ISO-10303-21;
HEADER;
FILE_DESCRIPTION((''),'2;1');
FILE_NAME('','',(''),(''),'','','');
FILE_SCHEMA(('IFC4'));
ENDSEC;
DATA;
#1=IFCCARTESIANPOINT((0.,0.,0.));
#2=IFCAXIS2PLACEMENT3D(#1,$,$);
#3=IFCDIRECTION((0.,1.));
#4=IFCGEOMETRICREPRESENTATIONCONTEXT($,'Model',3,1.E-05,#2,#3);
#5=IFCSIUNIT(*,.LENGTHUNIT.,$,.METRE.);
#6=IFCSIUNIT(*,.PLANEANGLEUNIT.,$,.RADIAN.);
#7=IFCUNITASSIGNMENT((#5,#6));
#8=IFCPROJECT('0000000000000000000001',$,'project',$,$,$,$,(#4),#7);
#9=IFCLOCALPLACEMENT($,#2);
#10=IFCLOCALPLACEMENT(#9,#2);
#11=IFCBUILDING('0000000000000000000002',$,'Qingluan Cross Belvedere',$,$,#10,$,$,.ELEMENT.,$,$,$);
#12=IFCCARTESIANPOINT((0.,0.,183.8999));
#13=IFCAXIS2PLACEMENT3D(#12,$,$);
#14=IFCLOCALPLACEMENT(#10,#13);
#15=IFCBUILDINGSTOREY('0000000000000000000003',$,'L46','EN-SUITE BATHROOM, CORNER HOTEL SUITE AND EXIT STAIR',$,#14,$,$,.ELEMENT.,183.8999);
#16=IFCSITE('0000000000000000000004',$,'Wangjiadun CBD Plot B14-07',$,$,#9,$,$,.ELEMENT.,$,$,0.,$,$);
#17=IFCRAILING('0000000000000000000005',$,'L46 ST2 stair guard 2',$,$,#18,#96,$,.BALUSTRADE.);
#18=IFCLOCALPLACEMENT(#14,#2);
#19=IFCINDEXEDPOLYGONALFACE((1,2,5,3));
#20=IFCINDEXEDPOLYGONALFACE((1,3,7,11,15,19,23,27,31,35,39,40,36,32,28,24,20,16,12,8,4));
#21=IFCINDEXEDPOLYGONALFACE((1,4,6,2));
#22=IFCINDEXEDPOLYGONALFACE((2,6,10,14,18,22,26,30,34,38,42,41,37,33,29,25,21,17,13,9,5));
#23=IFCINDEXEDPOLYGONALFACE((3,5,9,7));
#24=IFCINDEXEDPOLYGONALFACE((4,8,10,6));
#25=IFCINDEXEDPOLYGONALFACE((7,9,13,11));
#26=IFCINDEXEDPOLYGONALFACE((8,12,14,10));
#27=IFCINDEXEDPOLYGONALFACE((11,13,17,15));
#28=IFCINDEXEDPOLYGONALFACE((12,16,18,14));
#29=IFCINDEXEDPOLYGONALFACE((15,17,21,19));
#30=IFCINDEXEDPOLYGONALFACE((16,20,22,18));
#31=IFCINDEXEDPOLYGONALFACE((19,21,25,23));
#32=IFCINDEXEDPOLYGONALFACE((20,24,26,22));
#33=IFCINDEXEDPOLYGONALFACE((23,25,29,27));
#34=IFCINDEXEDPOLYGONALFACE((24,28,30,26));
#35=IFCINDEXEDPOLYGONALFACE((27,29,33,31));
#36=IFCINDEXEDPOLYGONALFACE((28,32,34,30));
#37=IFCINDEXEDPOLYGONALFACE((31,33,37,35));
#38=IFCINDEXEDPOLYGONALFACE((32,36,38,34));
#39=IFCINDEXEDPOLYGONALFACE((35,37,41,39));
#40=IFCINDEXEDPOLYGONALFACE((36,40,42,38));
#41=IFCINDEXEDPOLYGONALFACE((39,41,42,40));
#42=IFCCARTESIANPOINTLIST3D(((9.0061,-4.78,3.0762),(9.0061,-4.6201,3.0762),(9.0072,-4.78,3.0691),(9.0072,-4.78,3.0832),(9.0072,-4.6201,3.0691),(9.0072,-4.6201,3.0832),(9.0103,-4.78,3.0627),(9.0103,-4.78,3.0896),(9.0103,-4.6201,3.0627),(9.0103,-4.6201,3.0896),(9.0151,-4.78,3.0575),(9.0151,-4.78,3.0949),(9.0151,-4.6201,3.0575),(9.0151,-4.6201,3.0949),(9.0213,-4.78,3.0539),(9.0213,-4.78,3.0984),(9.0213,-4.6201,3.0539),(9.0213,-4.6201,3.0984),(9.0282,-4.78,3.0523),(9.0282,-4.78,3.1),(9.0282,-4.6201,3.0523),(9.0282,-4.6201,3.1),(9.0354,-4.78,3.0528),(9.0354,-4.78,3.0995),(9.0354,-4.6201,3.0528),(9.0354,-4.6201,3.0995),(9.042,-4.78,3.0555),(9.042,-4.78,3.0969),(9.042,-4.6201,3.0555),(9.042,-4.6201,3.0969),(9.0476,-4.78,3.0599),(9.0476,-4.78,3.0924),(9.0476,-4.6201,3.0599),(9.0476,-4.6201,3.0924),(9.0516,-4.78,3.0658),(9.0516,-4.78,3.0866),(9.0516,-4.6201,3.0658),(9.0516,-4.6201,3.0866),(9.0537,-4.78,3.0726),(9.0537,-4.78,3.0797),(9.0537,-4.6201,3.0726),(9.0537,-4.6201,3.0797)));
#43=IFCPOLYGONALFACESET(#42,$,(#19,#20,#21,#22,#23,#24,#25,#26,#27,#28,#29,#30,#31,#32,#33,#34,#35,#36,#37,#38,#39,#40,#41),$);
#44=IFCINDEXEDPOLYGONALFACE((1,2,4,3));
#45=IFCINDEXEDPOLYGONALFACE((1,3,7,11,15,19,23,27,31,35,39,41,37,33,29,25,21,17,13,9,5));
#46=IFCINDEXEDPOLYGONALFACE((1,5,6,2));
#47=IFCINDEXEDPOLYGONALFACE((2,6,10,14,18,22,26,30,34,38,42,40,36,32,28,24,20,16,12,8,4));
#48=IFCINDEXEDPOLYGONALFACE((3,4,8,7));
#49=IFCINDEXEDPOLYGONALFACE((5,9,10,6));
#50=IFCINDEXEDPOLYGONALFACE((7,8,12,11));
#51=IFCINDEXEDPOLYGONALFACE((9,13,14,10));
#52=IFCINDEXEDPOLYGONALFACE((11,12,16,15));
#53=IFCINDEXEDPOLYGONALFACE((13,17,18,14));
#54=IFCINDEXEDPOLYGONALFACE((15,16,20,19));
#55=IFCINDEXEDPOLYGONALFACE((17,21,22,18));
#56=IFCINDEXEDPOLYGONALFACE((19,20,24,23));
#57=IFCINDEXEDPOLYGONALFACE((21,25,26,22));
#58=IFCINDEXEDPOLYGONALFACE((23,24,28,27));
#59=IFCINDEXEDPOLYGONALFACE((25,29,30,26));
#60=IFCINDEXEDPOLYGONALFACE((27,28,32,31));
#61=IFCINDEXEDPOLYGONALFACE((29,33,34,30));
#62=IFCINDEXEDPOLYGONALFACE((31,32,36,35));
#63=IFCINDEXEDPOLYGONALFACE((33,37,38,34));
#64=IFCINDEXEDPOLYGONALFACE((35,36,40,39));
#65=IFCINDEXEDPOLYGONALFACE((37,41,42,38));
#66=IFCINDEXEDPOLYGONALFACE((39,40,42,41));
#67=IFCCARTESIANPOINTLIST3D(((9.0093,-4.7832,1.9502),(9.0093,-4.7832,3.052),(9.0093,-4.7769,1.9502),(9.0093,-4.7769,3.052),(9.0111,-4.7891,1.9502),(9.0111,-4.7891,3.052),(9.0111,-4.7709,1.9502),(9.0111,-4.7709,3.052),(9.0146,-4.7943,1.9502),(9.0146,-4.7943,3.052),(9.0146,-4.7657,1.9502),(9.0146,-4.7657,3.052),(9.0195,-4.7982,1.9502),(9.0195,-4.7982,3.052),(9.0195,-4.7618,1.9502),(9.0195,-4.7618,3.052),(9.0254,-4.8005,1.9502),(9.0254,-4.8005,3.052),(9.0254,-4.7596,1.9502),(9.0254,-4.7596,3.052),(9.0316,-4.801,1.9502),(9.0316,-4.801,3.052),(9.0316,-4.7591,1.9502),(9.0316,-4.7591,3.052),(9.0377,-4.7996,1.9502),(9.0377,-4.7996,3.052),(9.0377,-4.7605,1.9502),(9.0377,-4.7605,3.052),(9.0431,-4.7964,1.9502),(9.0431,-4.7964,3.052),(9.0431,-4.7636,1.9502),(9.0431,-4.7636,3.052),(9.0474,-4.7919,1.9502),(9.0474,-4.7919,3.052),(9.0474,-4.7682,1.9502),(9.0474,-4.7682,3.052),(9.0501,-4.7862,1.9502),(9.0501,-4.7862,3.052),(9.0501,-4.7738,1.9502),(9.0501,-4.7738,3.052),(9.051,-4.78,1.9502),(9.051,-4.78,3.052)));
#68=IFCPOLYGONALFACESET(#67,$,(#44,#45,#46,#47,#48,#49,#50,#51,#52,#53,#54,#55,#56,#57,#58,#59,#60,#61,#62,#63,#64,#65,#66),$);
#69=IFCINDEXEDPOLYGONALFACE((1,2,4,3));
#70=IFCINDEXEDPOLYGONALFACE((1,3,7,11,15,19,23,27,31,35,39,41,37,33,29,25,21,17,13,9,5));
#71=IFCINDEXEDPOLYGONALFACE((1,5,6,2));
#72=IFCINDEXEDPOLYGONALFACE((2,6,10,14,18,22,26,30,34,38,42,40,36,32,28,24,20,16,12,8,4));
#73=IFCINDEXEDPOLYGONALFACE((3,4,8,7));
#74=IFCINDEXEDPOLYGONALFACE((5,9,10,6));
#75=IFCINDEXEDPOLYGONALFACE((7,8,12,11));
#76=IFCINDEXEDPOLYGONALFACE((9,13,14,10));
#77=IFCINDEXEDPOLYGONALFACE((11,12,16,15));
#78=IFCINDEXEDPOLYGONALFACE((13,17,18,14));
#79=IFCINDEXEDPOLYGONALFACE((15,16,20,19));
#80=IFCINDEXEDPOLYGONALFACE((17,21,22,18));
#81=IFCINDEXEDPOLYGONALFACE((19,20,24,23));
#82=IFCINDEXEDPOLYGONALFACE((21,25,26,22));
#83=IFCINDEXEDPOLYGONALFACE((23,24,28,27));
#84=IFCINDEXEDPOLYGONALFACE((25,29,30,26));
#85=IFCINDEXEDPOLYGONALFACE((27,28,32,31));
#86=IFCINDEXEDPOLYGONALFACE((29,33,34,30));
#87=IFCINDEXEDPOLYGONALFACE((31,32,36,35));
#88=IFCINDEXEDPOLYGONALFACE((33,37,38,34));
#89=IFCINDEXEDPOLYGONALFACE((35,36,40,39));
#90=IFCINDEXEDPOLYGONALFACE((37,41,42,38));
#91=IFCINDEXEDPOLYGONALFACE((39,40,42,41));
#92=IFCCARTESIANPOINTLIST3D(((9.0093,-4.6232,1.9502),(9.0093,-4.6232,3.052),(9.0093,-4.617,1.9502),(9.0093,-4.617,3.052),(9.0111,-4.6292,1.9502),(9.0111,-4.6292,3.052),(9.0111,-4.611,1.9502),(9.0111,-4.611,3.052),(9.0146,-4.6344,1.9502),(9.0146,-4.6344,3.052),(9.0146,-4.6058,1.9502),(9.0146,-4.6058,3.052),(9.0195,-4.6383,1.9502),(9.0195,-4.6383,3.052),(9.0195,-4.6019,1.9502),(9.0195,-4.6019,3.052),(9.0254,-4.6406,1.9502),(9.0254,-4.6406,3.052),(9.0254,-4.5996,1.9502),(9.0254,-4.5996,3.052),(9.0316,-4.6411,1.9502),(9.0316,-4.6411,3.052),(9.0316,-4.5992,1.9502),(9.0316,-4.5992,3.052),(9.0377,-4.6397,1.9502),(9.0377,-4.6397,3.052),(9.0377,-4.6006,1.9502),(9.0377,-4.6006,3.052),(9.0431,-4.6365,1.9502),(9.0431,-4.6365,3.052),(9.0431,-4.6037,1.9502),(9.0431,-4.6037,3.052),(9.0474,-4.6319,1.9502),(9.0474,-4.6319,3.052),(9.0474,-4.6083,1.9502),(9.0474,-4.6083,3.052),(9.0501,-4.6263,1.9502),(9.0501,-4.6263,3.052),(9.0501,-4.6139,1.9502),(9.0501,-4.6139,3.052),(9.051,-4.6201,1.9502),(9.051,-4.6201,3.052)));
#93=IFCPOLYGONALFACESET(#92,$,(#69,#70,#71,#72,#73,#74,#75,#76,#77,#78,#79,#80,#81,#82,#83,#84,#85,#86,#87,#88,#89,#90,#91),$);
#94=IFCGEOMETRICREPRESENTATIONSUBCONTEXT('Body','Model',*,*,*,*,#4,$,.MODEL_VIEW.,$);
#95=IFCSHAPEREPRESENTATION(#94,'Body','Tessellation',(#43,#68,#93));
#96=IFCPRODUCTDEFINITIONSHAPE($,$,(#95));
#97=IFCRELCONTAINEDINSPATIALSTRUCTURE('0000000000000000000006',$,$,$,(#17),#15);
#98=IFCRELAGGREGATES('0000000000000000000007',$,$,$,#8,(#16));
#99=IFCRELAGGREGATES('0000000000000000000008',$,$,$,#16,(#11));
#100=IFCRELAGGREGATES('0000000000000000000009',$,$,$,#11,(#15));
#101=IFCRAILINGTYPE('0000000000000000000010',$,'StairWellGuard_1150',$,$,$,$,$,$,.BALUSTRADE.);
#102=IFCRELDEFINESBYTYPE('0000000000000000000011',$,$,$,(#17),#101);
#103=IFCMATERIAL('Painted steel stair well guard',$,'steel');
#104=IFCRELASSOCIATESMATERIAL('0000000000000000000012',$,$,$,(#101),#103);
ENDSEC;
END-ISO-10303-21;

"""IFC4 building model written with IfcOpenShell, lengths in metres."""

from ifc_helpers import new_model, si_unit, direction, frame, origin, origin_2d, place, context, subcontext, project, spatial, circle, extrude, material, type_object, element, save


model = new_model("IFC4")

# Units and contexts
model_context = context("Model", 3, precision=1e-05, world=origin(), true_north=direction((0.0, 1.0)))
body_context = subcontext(model_context, "Body", "Model", "MODEL_VIEW")
ifc_project = project(units=[si_unit("LENGTHUNIT", "METRE"), si_unit("PLANEANGLEUNIT", "RADIAN")], contexts=[model_context])

# Site, building, storey
site_placement = place(None, origin())
site = spatial("IfcSite", under=ifc_project, at=site_placement, Name="Wangjiadun CBD Plot B14-07", CompositionType="ELEMENT", RefElevation=0.0)
building_placement = place(site_placement, origin())
building = spatial("IfcBuilding", under=site, at=building_placement, Name="Qingluan Cross Belvedere", CompositionType="ELEMENT")
storey_placement = place(building_placement, frame((0.0, 0.0, 183.8999)))
storey = spatial("IfcBuildingStorey", under=building, at=storey_placement, Name="L46", Description="EN-SUITE BATHROOM, CORNER HOTEL SUITE AND EXIT STAIR", CompositionType="ELEMENT", Elevation=183.8999)

# Railing
ifc_material_1 = material(Name="Painted steel stair well guard", Category="steel")
railing_type_1 = type_object("IfcRailingType", Name="StairWellGuard_1150", PredefinedType="BALUSTRADE", material=ifc_material_1)
railing_1_placement = place(storey_placement, frame((9.03, -4.78, 1.9502)))
element("IfcRailing", 1, at=railing_1_placement, inside=storey, type_object=railing_type_1, Name="L46 ST2 stair guard 2", PredefinedType="BALUSTRADE", context=body_context, shape_type="SweptSolid", body=[
    extrude(circle(Radius=0.0239, at=origin_2d()), frame((0.0, 0.0, 1.126), z_axis=(0.0, 1.0, 0.0), x_axis=(-1.0, 0.0, 0.0)), (0.0, 0.0, 1.0), 0.1599),
    extrude(circle(Radius=0.021, at=origin_2d()), origin(), (0.0, 0.0, 1.0), 1.1018),
    extrude(circle(Radius=0.021, at=origin_2d()), frame((0.0, 0.1599, 0.0)), (0.0, 0.0, 1.0), 1.1018),
])

save(model, "model.ifc")
